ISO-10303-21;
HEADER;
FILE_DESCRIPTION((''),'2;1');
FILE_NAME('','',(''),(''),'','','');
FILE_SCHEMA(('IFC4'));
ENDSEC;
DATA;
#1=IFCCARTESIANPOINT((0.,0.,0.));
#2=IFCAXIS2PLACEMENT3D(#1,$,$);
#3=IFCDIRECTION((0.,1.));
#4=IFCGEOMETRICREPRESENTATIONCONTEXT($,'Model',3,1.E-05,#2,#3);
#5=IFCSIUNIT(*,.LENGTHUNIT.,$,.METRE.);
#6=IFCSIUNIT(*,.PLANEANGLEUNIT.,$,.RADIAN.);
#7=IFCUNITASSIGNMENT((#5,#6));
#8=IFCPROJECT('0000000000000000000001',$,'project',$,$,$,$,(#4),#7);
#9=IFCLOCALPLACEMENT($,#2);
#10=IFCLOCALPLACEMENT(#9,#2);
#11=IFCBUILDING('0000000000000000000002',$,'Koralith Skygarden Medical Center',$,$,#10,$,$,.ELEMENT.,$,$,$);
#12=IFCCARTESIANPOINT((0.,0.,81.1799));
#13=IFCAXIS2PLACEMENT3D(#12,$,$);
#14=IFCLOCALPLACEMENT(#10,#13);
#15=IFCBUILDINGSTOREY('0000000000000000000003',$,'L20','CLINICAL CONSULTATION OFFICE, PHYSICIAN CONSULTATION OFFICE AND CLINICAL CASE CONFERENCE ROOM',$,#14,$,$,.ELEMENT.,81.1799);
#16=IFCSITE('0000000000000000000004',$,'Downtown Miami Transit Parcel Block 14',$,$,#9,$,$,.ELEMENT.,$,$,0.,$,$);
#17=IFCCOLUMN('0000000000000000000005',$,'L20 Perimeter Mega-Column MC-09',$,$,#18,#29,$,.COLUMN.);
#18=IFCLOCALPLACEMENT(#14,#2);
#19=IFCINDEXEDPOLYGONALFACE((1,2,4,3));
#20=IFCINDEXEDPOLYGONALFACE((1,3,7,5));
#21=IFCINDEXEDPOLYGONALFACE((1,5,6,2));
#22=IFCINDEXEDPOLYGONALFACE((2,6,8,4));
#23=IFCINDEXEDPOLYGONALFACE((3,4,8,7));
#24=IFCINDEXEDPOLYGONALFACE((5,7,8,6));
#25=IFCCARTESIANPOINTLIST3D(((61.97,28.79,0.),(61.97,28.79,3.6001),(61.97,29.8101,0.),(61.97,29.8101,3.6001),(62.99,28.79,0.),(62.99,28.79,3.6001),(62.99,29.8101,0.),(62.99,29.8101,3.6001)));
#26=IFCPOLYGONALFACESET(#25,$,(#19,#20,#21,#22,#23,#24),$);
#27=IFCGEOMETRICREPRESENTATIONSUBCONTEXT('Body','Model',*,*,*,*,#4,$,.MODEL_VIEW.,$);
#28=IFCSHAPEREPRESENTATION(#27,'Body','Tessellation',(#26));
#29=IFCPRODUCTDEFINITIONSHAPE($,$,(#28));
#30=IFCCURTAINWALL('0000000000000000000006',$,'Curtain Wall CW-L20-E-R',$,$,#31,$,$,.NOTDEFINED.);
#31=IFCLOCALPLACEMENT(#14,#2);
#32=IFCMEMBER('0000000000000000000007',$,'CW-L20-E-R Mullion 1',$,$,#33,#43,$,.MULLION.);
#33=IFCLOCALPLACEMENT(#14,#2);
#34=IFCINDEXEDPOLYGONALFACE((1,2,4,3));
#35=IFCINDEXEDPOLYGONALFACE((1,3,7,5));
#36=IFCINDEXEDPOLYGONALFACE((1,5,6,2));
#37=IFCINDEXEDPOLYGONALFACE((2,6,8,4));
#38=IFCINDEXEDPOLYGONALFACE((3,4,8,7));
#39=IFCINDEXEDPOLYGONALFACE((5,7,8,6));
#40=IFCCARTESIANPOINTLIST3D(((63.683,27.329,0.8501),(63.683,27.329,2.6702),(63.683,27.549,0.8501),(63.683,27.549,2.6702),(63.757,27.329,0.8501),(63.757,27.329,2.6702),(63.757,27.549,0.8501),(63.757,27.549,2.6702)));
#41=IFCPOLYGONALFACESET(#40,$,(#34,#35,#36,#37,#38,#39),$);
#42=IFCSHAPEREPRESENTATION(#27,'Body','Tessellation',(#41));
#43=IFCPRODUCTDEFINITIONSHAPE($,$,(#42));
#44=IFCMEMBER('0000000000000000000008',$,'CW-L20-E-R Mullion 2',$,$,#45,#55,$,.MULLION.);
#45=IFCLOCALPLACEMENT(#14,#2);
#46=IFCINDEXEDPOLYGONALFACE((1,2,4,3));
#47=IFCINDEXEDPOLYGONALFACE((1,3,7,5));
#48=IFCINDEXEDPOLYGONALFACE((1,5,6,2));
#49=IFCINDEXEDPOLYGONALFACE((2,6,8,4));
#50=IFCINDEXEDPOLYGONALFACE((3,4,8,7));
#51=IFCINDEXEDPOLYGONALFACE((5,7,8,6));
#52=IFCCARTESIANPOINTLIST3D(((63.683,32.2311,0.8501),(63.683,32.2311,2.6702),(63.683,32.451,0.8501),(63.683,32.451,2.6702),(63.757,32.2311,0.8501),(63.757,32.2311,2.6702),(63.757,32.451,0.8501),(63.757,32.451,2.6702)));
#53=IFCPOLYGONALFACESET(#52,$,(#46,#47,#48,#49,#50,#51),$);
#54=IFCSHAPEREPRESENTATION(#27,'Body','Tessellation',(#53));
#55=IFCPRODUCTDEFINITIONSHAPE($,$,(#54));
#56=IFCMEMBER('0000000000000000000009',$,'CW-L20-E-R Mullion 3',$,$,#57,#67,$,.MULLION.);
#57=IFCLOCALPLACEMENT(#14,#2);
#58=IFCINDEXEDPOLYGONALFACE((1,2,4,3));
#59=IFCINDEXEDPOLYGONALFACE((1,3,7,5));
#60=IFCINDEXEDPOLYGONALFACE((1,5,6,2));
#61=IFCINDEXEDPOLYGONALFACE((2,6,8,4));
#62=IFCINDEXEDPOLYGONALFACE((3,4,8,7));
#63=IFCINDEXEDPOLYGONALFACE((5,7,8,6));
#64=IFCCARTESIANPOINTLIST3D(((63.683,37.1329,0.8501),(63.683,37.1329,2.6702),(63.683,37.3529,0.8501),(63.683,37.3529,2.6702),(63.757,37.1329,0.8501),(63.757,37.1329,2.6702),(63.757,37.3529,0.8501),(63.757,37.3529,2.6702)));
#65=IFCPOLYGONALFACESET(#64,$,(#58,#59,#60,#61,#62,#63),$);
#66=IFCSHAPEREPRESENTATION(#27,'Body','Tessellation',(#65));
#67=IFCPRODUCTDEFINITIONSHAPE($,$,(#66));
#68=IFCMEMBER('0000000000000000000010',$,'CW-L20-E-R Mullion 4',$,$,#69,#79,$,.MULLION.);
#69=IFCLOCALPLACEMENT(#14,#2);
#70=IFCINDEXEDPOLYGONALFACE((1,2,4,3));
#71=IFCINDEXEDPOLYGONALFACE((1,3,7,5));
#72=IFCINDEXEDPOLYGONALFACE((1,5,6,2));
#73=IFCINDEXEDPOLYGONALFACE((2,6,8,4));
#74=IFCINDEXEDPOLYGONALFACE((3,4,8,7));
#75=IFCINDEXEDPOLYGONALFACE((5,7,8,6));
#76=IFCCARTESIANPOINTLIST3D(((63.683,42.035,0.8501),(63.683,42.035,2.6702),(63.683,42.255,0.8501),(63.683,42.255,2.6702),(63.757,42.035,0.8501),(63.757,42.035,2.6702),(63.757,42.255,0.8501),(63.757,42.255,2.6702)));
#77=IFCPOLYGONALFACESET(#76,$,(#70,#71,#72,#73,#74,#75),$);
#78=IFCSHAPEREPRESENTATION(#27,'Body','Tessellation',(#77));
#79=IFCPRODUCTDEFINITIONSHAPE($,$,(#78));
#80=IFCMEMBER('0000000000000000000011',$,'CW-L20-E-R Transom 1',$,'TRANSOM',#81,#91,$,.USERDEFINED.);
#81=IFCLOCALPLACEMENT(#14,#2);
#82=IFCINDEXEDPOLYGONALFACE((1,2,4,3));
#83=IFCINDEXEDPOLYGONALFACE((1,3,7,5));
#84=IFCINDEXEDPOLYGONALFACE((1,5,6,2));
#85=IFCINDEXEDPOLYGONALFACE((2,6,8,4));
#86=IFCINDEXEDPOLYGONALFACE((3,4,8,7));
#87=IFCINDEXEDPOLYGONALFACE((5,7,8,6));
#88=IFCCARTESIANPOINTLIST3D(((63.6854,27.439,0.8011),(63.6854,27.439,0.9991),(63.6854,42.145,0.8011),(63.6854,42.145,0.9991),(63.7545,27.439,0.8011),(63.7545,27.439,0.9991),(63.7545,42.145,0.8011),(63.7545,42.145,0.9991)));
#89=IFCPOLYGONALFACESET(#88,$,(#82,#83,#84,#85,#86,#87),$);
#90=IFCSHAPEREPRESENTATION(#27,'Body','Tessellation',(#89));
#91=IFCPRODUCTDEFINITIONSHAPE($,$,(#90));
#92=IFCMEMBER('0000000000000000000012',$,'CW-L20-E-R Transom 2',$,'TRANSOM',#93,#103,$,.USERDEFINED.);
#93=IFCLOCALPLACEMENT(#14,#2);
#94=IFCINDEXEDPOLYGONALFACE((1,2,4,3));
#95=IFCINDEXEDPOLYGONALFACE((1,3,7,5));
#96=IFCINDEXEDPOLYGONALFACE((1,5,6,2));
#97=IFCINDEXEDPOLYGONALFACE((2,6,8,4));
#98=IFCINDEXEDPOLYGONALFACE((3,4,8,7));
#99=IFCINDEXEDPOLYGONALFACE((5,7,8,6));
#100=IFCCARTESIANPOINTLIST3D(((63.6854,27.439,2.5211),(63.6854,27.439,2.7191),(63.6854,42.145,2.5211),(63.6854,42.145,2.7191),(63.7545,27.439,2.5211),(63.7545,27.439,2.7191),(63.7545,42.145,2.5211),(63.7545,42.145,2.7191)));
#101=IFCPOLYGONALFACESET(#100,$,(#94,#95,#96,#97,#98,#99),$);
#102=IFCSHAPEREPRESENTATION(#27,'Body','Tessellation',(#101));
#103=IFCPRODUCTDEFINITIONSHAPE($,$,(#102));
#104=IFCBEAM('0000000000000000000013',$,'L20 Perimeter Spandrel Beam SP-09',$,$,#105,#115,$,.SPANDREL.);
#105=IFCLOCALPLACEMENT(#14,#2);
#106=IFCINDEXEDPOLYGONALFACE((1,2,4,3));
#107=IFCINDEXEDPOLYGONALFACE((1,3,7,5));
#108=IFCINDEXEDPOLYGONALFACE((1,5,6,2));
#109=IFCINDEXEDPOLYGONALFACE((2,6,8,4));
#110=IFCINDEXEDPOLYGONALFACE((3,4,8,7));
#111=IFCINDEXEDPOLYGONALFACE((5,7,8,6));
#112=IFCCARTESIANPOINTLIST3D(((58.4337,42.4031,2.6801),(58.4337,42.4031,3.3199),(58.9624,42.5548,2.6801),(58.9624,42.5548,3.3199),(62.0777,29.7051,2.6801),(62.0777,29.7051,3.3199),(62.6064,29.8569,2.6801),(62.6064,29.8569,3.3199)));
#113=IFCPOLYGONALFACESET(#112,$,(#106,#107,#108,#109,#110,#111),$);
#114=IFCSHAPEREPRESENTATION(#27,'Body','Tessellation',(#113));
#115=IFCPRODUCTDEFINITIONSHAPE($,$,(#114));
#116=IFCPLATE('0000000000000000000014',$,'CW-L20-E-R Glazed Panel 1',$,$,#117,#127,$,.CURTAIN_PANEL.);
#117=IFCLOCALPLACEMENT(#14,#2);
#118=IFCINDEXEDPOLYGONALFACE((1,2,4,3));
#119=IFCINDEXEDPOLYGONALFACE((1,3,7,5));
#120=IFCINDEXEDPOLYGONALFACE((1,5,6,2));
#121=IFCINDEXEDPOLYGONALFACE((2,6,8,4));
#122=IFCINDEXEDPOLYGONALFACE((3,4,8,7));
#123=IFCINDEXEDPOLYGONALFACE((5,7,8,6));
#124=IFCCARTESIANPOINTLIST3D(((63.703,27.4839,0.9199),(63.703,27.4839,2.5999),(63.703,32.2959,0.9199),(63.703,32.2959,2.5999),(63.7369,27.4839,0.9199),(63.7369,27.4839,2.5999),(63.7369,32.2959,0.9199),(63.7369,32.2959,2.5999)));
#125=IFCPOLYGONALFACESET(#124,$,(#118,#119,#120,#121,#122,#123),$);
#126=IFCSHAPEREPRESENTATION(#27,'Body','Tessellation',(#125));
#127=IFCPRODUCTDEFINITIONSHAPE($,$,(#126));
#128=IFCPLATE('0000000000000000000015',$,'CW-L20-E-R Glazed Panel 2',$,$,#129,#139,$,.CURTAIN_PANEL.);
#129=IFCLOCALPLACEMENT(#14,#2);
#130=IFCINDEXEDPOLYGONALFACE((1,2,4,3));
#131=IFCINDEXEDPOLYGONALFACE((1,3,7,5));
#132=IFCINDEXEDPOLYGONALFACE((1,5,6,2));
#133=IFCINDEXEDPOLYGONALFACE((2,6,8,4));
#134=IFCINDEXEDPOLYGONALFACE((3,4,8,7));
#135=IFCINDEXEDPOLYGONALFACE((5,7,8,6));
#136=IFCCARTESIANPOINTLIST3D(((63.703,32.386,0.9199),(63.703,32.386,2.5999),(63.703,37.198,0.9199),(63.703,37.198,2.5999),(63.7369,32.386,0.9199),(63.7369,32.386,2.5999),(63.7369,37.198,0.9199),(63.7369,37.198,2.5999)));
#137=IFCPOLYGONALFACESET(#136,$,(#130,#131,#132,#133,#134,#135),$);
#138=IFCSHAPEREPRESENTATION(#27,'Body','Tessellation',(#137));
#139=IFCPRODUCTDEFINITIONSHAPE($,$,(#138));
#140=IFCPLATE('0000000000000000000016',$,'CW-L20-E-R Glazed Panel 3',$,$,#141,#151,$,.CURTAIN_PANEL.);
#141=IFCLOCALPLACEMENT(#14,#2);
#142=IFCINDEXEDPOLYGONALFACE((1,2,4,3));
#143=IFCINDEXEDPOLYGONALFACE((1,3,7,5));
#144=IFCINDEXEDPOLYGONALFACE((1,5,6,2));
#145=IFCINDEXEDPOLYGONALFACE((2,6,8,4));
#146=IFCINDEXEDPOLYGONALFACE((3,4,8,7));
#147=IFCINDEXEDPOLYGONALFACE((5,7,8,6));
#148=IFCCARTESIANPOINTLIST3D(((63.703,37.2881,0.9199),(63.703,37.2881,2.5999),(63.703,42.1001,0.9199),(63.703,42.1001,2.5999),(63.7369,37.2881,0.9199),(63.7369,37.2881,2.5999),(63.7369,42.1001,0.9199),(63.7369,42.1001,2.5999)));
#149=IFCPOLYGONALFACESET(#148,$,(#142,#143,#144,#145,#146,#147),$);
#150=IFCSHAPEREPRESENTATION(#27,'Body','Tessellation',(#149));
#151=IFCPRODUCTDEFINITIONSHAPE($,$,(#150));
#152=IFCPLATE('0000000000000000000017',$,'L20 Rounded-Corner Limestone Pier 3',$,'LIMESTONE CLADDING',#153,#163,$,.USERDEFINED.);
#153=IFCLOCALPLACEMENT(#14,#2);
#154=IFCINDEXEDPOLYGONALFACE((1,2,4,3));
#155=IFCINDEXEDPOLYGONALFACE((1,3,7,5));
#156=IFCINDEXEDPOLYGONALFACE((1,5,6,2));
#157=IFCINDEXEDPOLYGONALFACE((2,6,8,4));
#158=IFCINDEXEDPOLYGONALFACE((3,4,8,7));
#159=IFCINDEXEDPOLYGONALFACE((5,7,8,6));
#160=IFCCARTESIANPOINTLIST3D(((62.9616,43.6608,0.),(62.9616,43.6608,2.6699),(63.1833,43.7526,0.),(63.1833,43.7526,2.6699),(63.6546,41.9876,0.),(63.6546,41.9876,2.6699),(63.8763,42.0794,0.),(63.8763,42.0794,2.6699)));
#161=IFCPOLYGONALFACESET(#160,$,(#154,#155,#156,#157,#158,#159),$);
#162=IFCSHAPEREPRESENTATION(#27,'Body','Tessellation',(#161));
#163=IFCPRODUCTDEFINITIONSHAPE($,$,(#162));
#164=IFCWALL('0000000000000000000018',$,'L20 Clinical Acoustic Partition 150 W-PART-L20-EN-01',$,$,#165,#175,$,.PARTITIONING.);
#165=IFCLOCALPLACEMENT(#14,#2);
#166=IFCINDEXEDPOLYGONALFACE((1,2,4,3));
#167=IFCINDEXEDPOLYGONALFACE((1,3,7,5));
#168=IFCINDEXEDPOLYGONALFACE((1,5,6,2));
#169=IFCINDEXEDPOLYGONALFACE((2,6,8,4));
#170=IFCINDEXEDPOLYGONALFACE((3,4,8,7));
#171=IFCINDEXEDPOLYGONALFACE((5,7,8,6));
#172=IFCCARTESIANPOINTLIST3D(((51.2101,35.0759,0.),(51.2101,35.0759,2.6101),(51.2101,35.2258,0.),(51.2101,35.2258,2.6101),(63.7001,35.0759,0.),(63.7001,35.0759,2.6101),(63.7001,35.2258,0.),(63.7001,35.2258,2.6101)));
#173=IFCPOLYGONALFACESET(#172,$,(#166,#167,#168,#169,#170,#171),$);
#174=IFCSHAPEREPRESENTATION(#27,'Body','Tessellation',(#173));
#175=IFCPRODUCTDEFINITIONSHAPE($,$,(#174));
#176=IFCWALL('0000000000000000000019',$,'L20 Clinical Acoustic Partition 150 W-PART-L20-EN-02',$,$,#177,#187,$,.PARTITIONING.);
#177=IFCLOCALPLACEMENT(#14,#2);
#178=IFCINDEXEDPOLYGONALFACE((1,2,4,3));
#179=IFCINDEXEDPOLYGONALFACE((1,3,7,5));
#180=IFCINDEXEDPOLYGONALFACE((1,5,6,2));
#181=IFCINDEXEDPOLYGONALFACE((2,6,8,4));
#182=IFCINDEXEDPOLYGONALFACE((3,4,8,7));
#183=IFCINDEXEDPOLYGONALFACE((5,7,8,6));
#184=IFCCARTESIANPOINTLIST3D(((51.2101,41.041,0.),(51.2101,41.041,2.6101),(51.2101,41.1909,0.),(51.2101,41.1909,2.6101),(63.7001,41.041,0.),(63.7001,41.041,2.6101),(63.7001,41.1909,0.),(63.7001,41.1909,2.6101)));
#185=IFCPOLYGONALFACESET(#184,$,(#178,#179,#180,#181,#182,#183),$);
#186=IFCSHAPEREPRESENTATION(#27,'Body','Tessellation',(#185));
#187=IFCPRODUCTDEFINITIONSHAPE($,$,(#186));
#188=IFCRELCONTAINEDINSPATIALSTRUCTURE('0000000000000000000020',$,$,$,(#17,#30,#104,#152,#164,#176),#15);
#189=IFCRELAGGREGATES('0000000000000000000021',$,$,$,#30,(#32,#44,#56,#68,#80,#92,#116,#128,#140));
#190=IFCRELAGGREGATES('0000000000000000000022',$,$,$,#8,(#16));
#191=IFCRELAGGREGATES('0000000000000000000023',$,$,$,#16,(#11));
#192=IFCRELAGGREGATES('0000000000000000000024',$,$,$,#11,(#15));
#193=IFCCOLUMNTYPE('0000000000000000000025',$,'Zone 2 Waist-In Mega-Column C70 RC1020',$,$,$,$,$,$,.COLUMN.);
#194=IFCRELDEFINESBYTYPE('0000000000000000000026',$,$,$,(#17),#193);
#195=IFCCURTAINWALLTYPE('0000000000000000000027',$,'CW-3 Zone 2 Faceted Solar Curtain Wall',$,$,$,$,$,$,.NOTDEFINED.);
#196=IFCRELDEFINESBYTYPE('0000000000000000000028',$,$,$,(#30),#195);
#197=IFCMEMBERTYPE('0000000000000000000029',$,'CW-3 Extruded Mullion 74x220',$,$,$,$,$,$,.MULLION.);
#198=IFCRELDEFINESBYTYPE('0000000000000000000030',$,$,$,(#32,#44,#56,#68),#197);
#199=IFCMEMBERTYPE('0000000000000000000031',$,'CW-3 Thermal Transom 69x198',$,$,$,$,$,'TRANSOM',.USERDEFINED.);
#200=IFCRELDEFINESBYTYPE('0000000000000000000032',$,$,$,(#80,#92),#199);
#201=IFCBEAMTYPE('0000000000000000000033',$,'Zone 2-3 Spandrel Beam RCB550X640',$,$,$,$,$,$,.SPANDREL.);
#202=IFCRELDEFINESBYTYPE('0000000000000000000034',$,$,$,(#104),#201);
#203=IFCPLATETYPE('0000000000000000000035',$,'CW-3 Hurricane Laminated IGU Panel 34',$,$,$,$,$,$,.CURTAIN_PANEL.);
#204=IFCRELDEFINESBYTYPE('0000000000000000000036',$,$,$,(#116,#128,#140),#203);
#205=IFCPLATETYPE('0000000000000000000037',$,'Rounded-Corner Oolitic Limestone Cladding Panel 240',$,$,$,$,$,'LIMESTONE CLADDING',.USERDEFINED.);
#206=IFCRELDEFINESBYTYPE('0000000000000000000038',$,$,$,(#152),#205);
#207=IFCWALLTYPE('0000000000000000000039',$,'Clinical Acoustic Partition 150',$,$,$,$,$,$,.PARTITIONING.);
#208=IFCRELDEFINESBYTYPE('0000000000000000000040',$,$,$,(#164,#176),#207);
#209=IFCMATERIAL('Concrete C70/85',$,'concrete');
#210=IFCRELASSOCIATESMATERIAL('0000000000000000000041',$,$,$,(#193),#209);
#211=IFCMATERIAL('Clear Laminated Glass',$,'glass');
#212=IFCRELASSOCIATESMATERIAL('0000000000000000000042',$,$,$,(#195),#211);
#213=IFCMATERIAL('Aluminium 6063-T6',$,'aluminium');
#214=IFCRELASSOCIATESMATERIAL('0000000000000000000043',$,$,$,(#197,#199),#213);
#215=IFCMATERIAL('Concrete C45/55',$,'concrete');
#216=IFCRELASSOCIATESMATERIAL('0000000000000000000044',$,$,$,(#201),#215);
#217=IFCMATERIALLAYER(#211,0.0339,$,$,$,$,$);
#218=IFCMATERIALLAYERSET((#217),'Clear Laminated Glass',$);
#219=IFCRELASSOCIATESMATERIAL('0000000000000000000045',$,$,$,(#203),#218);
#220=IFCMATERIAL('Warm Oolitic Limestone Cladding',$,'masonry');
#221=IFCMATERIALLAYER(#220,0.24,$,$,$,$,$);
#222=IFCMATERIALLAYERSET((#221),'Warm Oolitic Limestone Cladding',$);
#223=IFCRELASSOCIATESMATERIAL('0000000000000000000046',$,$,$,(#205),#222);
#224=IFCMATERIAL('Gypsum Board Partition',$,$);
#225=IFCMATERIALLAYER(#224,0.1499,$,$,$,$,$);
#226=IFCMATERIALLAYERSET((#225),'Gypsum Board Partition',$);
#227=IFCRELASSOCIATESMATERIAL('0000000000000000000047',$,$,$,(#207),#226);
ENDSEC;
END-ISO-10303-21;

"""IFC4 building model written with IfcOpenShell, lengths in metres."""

from ifc_helpers import new_model, si_unit, direction, frame, frame_2d, origin, origin_2d, place, context, subcontext, project, spatial, rectangle, extrude, material, layer, layer_set, material_profile, profile_set, type_object, element, aggregate, save


model = new_model("IFC4")

# Units and contexts
model_context = context("Model", 3, precision=1e-05, world=origin(), true_north=direction((0.0, 1.0)))
body_context = subcontext(model_context, "Body", "Model", "MODEL_VIEW")
ifc_project = project(units=[si_unit("LENGTHUNIT", "METRE"), si_unit("PLANEANGLEUNIT", "RADIAN")], contexts=[model_context])

# Site, building, storey
site_placement = place(None, origin())
site = spatial("IfcSite", under=ifc_project, at=site_placement, Name="Downtown Miami Transit Parcel Block 14", CompositionType="ELEMENT", RefElevation=0.0)
building_placement = place(site_placement, origin())
building = spatial("IfcBuilding", under=site, at=building_placement, Name="Koralith Skygarden Medical Center", CompositionType="ELEMENT")
storey_placement = place(building_placement, frame((0.0, 0.0, 81.1799)))
storey = spatial("IfcBuildingStorey", under=building, at=storey_placement, Name="L20", Description="CLINICAL CONSULTATION OFFICE, PHYSICIAN CONSULTATION OFFICE AND CLINICAL CASE CONFERENCE ROOM", CompositionType="ELEMENT", Elevation=81.1799)

# Column
ifc_material_1 = material(Name="Concrete C70/85", Category="concrete")
ifc_material_profile_1 = material_profile(ifc_material_1, rectangle(XDim=1.02, YDim=1.02, at=origin_2d()), Name="RC1020X1020")
ifc_profile_set_1 = profile_set([ifc_material_profile_1], Name="Concrete C70/85")
column_type = type_object("IfcColumnType", Name="Zone 2 Waist-In Mega-Column C70 RC1020", PredefinedType="COLUMN", material=ifc_profile_set_1)
column_placement = place(storey_placement, frame((62.48, 29.3, 0.0), z_axis=(0.0, 0.0, 1.0), x_axis=(1.0, 0.0, 0.0)))
element("IfcColumn", 1, at=column_placement, inside=storey, type_object=column_type, Name="L20 Perimeter Mega-Column MC-09", PredefinedType="COLUMN", context=body_context, shape_type="SweptSolid", body=[
    extrude(rectangle(XDim=1.02, YDim=1.02, at=origin_2d()), origin(), (0.0, 0.0, 1.0), 3.6001),
])

# Curtain wall, members
ifc_material_2 = material(Name="Clear Laminated Glass", Category="glass")
curtain_wall_type = type_object("IfcCurtainWallType", Name="CW-3 Zone 2 Faceted Solar Curtain Wall", PredefinedType="NOTDEFINED", material=ifc_material_2)
curtain_wall_placement = place(storey_placement, origin())
curtain_wall = element("IfcCurtainWall", 2, at=curtain_wall_placement, inside=storey, type_object=curtain_wall_type, Name="Curtain Wall CW-L20-E-R", PredefinedType="NOTDEFINED")
ifc_material_3 = material(Name="Aluminium 6063-T6", Category="aluminium")
ifc_material_profile_2 = material_profile(ifc_material_3, rectangle(XDim=0.074, YDim=0.22, at=origin_2d()), Name="MUL74X220")
ifc_profile_set_2 = profile_set([ifc_material_profile_2], Name="Aluminium 6063-T6")
member_type_1 = type_object("IfcMemberType", Name="CW-3 Extruded Mullion 74x220", PredefinedType="MULLION", material=ifc_profile_set_2)
member_1_placement = place(storey_placement, frame((63.72, 27.439, 0.8501), z_axis=(0.0, 0.0, 1.0), x_axis=(1.0, 0.0, 0.0)))
member_1 = element("IfcMember", 3, at=member_1_placement, type_object=member_type_1, Name="CW-L20-E-R Mullion 1", PredefinedType="MULLION", context=body_context, shape_type="SweptSolid", body=[
    extrude(rectangle(XDim=0.074, YDim=0.22, at=origin_2d()), origin(), (0.0, 0.0, 1.0), 1.8201),
])
member_2_placement = place(storey_placement, frame((63.72, 32.3411, 0.8501), z_axis=(0.0, 0.0, 1.0), x_axis=(1.0, 0.0, 0.0)))
member_2 = element("IfcMember", 4, at=member_2_placement, type_object=member_type_1, Name="CW-L20-E-R Mullion 2", PredefinedType="MULLION", context=body_context, shape_type="SweptSolid", body=[
    extrude(rectangle(XDim=0.074, YDim=0.22, at=origin_2d()), origin(), (0.0, 0.0, 1.0), 1.8201),
])
member_3_placement = place(storey_placement, frame((63.72, 37.2429, 0.8501), z_axis=(0.0, 0.0, 1.0), x_axis=(1.0, 0.0, 0.0)))
member_3 = element("IfcMember", 5, at=member_3_placement, type_object=member_type_1, Name="CW-L20-E-R Mullion 3", PredefinedType="MULLION", context=body_context, shape_type="SweptSolid", body=[
    extrude(rectangle(XDim=0.074, YDim=0.22, at=origin_2d()), origin(), (0.0, 0.0, 1.0), 1.8201),
])
member_4_placement = place(storey_placement, frame((63.72, 42.145, 0.8501), z_axis=(0.0, 0.0, 1.0), x_axis=(1.0, 0.0, 0.0)))
member_4 = element("IfcMember", 6, at=member_4_placement, type_object=member_type_1, Name="CW-L20-E-R Mullion 4", PredefinedType="MULLION", context=body_context, shape_type="SweptSolid", body=[
    extrude(rectangle(XDim=0.074, YDim=0.22, at=origin_2d()), origin(), (0.0, 0.0, 1.0), 1.8201),
])
ifc_material_profile_3 = material_profile(ifc_material_3, rectangle(XDim=0.0691, YDim=0.198, at=origin_2d()), Name="TRN69X198")
ifc_profile_set_3 = profile_set([ifc_material_profile_3], Name="Aluminium 6063-T6")
member_type_2 = type_object("IfcMemberType", Name="CW-3 Thermal Transom 69x198", ElementType="TRANSOM", PredefinedType="USERDEFINED", material=ifc_profile_set_3)
member_5_placement = place(storey_placement, frame((63.72, 27.439, 0.9001), z_axis=(0.0, 1.0, 0.0), x_axis=(-1.0, 0.0, 0.0)))
member_5 = element("IfcMember", 7, at=member_5_placement, type_object=member_type_2, Name="CW-L20-E-R Transom 1", ObjectType="TRANSOM", PredefinedType="USERDEFINED", context=body_context, shape_type="SweptSolid", body=[
    extrude(rectangle(XDim=0.0691, YDim=0.198, at=origin_2d()), origin(), (0.0, 0.0, 1.0), 14.7061),
])
member_6_placement = place(storey_placement, frame((63.72, 27.439, 2.6201), z_axis=(0.0, 1.0, 0.0), x_axis=(-1.0, 0.0, 0.0)))
member_6 = element("IfcMember", 8, at=member_6_placement, type_object=member_type_2, Name="CW-L20-E-R Transom 2", ObjectType="TRANSOM", PredefinedType="USERDEFINED", context=body_context, shape_type="SweptSolid", body=[
    extrude(rectangle(XDim=0.0691, YDim=0.198, at=origin_2d()), origin(), (0.0, 0.0, 1.0), 14.7061),
])

# Beam
ifc_material_4 = material(Name="Concrete C45/55", Category="concrete")
ifc_material_profile_4 = material_profile(ifc_material_4, rectangle(XDim=0.55, YDim=0.6399, at=origin_2d()), Name="RCB550X640")
ifc_profile_set_4 = profile_set([ifc_material_profile_4], Name="Concrete C45/55")
beam_type = type_object("IfcBeamType", Name="Zone 2-3 Spandrel Beam RCB550X640", PredefinedType="SPANDREL", material=ifc_profile_set_4)
beam_placement = place(storey_placement, frame((62.342, 29.781, 3.0), z_axis=(-0.275844, 0.961202, 0.0), x_axis=(-0.961202, -0.275844, 0.0)))
element("IfcBeam", 9, at=beam_placement, inside=storey, type_object=beam_type, Name="L20 Perimeter Spandrel Beam SP-09", PredefinedType="SPANDREL", context=body_context, shape_type="SweptSolid", body=[
    extrude(rectangle(XDim=0.55, YDim=0.6399, at=origin_2d()), origin(), (0.0, 0.0, 1.0), 13.2104),
])

# Plates
ifc_layer_1 = layer(ifc_material_2, 0.0339)
ifc_layer_set_1 = layer_set([ifc_layer_1], Name="Clear Laminated Glass")
plate_type_1 = type_object("IfcPlateType", Name="CW-3 Hurricane Laminated IGU Panel 34", PredefinedType="CURTAIN_PANEL", material=ifc_layer_set_1)
plate_1_placement = place(storey_placement, frame((63.72, 29.8899, 0.9199), z_axis=(0.0, 0.0, 1.0), x_axis=(0.0, 1.0, 0.0)))
plate_1 = element("IfcPlate", 10, at=plate_1_placement, type_object=plate_type_1, Name="CW-L20-E-R Glazed Panel 1", PredefinedType="CURTAIN_PANEL", context=body_context, shape_type="SweptSolid", body=[
    extrude(rectangle(XDim=4.812, YDim=0.0339, at=origin_2d()), origin(), (0.0, 0.0, 1.0), 1.6799),
])
plate_2_placement = place(storey_placement, frame((63.72, 34.792, 0.9199), z_axis=(0.0, 0.0, 1.0), x_axis=(0.0, 1.0, 0.0)))
plate_2 = element("IfcPlate", 11, at=plate_2_placement, type_object=plate_type_1, Name="CW-L20-E-R Glazed Panel 2", PredefinedType="CURTAIN_PANEL", context=body_context, shape_type="SweptSolid", body=[
    extrude(rectangle(XDim=4.812, YDim=0.0339, at=origin_2d()), origin(), (0.0, 0.0, 1.0), 1.6799),
])
plate_3_placement = place(storey_placement, frame((63.72, 39.6941, 0.9199), z_axis=(0.0, 0.0, 1.0), x_axis=(0.0, 1.0, 0.0)))
plate_3 = element("IfcPlate", 12, at=plate_3_placement, type_object=plate_type_1, Name="CW-L20-E-R Glazed Panel 3", PredefinedType="CURTAIN_PANEL", context=body_context, shape_type="SweptSolid", body=[
    extrude(rectangle(XDim=4.812, YDim=0.0339, at=origin_2d()), origin(), (0.0, 0.0, 1.0), 1.6799),
])
aggregate(curtain_wall, [member_1, member_2, member_3, member_4, member_5, member_6, plate_1, plate_2, plate_3])
ifc_material_5 = material(Name="Warm Oolitic Limestone Cladding", Category="masonry")
ifc_layer_2 = layer(ifc_material_5, 0.24)
ifc_layer_set_2 = layer_set([ifc_layer_2], Name="Warm Oolitic Limestone Cladding")
plate_type_2 = type_object("IfcPlateType", Name="Rounded-Corner Oolitic Limestone Cladding Panel 240", ElementType="LIMESTONE CLADDING", PredefinedType="USERDEFINED", material=ifc_layer_set_2)
plate_4_placement = place(storey_placement, frame((63.4189, 42.8701, 0.0), z_axis=(0.0, 0.0, 1.0), x_axis=(-0.382671, 0.923885, 0.0)))
element("IfcPlate", 13, at=plate_4_placement, inside=storey, type_object=plate_type_2, Name="L20 Rounded-Corner Limestone Pier 3", ObjectType="LIMESTONE CLADDING", PredefinedType="USERDEFINED", context=body_context, shape_type="SweptSolid", body=[
    extrude(rectangle(XDim=1.811, YDim=0.24, at=origin_2d()), origin(), (0.0, 0.0, 1.0), 2.6699),
])

# Walls
ifc_material_6 = material(Name="Gypsum Board Partition")
ifc_layer_3 = layer(ifc_material_6, 0.1499)
ifc_layer_set_3 = layer_set([ifc_layer_3], Name="Gypsum Board Partition")
wall_type_1 = type_object("IfcWallType", Name="Clinical Acoustic Partition 150", PredefinedType="PARTITIONING", material=ifc_layer_set_3)
for number, where, z_axis, x_axis, name in (
    (14, (51.21, 35.1509, 0.0), (0.0, 0.0, 1.0), (1.0, 0.0, 0.0), "L20 Clinical Acoustic Partition 150 W-PART-L20-EN-01"),
    (15, (51.21, 41.116, 0.0), (0.0, 0.0, 1.0), (1.0, 0.0, 0.0), "L20 Clinical Acoustic Partition 150 W-PART-L20-EN-02"),
):
    element("IfcWall", number, at=place(storey_placement, frame(where, z_axis=z_axis, x_axis=x_axis)), inside=storey, type_object=wall_type_1, Name=name, PredefinedType="PARTITIONING", context=body_context, shape_type="SweptSolid", body=[
        extrude(rectangle(XDim=12.49, YDim=0.1499, at=frame_2d((6.2451, 0.0))), origin(), (0.0, 0.0, 1.0), 2.6101),
    ])

save(model, "model.ifc")
